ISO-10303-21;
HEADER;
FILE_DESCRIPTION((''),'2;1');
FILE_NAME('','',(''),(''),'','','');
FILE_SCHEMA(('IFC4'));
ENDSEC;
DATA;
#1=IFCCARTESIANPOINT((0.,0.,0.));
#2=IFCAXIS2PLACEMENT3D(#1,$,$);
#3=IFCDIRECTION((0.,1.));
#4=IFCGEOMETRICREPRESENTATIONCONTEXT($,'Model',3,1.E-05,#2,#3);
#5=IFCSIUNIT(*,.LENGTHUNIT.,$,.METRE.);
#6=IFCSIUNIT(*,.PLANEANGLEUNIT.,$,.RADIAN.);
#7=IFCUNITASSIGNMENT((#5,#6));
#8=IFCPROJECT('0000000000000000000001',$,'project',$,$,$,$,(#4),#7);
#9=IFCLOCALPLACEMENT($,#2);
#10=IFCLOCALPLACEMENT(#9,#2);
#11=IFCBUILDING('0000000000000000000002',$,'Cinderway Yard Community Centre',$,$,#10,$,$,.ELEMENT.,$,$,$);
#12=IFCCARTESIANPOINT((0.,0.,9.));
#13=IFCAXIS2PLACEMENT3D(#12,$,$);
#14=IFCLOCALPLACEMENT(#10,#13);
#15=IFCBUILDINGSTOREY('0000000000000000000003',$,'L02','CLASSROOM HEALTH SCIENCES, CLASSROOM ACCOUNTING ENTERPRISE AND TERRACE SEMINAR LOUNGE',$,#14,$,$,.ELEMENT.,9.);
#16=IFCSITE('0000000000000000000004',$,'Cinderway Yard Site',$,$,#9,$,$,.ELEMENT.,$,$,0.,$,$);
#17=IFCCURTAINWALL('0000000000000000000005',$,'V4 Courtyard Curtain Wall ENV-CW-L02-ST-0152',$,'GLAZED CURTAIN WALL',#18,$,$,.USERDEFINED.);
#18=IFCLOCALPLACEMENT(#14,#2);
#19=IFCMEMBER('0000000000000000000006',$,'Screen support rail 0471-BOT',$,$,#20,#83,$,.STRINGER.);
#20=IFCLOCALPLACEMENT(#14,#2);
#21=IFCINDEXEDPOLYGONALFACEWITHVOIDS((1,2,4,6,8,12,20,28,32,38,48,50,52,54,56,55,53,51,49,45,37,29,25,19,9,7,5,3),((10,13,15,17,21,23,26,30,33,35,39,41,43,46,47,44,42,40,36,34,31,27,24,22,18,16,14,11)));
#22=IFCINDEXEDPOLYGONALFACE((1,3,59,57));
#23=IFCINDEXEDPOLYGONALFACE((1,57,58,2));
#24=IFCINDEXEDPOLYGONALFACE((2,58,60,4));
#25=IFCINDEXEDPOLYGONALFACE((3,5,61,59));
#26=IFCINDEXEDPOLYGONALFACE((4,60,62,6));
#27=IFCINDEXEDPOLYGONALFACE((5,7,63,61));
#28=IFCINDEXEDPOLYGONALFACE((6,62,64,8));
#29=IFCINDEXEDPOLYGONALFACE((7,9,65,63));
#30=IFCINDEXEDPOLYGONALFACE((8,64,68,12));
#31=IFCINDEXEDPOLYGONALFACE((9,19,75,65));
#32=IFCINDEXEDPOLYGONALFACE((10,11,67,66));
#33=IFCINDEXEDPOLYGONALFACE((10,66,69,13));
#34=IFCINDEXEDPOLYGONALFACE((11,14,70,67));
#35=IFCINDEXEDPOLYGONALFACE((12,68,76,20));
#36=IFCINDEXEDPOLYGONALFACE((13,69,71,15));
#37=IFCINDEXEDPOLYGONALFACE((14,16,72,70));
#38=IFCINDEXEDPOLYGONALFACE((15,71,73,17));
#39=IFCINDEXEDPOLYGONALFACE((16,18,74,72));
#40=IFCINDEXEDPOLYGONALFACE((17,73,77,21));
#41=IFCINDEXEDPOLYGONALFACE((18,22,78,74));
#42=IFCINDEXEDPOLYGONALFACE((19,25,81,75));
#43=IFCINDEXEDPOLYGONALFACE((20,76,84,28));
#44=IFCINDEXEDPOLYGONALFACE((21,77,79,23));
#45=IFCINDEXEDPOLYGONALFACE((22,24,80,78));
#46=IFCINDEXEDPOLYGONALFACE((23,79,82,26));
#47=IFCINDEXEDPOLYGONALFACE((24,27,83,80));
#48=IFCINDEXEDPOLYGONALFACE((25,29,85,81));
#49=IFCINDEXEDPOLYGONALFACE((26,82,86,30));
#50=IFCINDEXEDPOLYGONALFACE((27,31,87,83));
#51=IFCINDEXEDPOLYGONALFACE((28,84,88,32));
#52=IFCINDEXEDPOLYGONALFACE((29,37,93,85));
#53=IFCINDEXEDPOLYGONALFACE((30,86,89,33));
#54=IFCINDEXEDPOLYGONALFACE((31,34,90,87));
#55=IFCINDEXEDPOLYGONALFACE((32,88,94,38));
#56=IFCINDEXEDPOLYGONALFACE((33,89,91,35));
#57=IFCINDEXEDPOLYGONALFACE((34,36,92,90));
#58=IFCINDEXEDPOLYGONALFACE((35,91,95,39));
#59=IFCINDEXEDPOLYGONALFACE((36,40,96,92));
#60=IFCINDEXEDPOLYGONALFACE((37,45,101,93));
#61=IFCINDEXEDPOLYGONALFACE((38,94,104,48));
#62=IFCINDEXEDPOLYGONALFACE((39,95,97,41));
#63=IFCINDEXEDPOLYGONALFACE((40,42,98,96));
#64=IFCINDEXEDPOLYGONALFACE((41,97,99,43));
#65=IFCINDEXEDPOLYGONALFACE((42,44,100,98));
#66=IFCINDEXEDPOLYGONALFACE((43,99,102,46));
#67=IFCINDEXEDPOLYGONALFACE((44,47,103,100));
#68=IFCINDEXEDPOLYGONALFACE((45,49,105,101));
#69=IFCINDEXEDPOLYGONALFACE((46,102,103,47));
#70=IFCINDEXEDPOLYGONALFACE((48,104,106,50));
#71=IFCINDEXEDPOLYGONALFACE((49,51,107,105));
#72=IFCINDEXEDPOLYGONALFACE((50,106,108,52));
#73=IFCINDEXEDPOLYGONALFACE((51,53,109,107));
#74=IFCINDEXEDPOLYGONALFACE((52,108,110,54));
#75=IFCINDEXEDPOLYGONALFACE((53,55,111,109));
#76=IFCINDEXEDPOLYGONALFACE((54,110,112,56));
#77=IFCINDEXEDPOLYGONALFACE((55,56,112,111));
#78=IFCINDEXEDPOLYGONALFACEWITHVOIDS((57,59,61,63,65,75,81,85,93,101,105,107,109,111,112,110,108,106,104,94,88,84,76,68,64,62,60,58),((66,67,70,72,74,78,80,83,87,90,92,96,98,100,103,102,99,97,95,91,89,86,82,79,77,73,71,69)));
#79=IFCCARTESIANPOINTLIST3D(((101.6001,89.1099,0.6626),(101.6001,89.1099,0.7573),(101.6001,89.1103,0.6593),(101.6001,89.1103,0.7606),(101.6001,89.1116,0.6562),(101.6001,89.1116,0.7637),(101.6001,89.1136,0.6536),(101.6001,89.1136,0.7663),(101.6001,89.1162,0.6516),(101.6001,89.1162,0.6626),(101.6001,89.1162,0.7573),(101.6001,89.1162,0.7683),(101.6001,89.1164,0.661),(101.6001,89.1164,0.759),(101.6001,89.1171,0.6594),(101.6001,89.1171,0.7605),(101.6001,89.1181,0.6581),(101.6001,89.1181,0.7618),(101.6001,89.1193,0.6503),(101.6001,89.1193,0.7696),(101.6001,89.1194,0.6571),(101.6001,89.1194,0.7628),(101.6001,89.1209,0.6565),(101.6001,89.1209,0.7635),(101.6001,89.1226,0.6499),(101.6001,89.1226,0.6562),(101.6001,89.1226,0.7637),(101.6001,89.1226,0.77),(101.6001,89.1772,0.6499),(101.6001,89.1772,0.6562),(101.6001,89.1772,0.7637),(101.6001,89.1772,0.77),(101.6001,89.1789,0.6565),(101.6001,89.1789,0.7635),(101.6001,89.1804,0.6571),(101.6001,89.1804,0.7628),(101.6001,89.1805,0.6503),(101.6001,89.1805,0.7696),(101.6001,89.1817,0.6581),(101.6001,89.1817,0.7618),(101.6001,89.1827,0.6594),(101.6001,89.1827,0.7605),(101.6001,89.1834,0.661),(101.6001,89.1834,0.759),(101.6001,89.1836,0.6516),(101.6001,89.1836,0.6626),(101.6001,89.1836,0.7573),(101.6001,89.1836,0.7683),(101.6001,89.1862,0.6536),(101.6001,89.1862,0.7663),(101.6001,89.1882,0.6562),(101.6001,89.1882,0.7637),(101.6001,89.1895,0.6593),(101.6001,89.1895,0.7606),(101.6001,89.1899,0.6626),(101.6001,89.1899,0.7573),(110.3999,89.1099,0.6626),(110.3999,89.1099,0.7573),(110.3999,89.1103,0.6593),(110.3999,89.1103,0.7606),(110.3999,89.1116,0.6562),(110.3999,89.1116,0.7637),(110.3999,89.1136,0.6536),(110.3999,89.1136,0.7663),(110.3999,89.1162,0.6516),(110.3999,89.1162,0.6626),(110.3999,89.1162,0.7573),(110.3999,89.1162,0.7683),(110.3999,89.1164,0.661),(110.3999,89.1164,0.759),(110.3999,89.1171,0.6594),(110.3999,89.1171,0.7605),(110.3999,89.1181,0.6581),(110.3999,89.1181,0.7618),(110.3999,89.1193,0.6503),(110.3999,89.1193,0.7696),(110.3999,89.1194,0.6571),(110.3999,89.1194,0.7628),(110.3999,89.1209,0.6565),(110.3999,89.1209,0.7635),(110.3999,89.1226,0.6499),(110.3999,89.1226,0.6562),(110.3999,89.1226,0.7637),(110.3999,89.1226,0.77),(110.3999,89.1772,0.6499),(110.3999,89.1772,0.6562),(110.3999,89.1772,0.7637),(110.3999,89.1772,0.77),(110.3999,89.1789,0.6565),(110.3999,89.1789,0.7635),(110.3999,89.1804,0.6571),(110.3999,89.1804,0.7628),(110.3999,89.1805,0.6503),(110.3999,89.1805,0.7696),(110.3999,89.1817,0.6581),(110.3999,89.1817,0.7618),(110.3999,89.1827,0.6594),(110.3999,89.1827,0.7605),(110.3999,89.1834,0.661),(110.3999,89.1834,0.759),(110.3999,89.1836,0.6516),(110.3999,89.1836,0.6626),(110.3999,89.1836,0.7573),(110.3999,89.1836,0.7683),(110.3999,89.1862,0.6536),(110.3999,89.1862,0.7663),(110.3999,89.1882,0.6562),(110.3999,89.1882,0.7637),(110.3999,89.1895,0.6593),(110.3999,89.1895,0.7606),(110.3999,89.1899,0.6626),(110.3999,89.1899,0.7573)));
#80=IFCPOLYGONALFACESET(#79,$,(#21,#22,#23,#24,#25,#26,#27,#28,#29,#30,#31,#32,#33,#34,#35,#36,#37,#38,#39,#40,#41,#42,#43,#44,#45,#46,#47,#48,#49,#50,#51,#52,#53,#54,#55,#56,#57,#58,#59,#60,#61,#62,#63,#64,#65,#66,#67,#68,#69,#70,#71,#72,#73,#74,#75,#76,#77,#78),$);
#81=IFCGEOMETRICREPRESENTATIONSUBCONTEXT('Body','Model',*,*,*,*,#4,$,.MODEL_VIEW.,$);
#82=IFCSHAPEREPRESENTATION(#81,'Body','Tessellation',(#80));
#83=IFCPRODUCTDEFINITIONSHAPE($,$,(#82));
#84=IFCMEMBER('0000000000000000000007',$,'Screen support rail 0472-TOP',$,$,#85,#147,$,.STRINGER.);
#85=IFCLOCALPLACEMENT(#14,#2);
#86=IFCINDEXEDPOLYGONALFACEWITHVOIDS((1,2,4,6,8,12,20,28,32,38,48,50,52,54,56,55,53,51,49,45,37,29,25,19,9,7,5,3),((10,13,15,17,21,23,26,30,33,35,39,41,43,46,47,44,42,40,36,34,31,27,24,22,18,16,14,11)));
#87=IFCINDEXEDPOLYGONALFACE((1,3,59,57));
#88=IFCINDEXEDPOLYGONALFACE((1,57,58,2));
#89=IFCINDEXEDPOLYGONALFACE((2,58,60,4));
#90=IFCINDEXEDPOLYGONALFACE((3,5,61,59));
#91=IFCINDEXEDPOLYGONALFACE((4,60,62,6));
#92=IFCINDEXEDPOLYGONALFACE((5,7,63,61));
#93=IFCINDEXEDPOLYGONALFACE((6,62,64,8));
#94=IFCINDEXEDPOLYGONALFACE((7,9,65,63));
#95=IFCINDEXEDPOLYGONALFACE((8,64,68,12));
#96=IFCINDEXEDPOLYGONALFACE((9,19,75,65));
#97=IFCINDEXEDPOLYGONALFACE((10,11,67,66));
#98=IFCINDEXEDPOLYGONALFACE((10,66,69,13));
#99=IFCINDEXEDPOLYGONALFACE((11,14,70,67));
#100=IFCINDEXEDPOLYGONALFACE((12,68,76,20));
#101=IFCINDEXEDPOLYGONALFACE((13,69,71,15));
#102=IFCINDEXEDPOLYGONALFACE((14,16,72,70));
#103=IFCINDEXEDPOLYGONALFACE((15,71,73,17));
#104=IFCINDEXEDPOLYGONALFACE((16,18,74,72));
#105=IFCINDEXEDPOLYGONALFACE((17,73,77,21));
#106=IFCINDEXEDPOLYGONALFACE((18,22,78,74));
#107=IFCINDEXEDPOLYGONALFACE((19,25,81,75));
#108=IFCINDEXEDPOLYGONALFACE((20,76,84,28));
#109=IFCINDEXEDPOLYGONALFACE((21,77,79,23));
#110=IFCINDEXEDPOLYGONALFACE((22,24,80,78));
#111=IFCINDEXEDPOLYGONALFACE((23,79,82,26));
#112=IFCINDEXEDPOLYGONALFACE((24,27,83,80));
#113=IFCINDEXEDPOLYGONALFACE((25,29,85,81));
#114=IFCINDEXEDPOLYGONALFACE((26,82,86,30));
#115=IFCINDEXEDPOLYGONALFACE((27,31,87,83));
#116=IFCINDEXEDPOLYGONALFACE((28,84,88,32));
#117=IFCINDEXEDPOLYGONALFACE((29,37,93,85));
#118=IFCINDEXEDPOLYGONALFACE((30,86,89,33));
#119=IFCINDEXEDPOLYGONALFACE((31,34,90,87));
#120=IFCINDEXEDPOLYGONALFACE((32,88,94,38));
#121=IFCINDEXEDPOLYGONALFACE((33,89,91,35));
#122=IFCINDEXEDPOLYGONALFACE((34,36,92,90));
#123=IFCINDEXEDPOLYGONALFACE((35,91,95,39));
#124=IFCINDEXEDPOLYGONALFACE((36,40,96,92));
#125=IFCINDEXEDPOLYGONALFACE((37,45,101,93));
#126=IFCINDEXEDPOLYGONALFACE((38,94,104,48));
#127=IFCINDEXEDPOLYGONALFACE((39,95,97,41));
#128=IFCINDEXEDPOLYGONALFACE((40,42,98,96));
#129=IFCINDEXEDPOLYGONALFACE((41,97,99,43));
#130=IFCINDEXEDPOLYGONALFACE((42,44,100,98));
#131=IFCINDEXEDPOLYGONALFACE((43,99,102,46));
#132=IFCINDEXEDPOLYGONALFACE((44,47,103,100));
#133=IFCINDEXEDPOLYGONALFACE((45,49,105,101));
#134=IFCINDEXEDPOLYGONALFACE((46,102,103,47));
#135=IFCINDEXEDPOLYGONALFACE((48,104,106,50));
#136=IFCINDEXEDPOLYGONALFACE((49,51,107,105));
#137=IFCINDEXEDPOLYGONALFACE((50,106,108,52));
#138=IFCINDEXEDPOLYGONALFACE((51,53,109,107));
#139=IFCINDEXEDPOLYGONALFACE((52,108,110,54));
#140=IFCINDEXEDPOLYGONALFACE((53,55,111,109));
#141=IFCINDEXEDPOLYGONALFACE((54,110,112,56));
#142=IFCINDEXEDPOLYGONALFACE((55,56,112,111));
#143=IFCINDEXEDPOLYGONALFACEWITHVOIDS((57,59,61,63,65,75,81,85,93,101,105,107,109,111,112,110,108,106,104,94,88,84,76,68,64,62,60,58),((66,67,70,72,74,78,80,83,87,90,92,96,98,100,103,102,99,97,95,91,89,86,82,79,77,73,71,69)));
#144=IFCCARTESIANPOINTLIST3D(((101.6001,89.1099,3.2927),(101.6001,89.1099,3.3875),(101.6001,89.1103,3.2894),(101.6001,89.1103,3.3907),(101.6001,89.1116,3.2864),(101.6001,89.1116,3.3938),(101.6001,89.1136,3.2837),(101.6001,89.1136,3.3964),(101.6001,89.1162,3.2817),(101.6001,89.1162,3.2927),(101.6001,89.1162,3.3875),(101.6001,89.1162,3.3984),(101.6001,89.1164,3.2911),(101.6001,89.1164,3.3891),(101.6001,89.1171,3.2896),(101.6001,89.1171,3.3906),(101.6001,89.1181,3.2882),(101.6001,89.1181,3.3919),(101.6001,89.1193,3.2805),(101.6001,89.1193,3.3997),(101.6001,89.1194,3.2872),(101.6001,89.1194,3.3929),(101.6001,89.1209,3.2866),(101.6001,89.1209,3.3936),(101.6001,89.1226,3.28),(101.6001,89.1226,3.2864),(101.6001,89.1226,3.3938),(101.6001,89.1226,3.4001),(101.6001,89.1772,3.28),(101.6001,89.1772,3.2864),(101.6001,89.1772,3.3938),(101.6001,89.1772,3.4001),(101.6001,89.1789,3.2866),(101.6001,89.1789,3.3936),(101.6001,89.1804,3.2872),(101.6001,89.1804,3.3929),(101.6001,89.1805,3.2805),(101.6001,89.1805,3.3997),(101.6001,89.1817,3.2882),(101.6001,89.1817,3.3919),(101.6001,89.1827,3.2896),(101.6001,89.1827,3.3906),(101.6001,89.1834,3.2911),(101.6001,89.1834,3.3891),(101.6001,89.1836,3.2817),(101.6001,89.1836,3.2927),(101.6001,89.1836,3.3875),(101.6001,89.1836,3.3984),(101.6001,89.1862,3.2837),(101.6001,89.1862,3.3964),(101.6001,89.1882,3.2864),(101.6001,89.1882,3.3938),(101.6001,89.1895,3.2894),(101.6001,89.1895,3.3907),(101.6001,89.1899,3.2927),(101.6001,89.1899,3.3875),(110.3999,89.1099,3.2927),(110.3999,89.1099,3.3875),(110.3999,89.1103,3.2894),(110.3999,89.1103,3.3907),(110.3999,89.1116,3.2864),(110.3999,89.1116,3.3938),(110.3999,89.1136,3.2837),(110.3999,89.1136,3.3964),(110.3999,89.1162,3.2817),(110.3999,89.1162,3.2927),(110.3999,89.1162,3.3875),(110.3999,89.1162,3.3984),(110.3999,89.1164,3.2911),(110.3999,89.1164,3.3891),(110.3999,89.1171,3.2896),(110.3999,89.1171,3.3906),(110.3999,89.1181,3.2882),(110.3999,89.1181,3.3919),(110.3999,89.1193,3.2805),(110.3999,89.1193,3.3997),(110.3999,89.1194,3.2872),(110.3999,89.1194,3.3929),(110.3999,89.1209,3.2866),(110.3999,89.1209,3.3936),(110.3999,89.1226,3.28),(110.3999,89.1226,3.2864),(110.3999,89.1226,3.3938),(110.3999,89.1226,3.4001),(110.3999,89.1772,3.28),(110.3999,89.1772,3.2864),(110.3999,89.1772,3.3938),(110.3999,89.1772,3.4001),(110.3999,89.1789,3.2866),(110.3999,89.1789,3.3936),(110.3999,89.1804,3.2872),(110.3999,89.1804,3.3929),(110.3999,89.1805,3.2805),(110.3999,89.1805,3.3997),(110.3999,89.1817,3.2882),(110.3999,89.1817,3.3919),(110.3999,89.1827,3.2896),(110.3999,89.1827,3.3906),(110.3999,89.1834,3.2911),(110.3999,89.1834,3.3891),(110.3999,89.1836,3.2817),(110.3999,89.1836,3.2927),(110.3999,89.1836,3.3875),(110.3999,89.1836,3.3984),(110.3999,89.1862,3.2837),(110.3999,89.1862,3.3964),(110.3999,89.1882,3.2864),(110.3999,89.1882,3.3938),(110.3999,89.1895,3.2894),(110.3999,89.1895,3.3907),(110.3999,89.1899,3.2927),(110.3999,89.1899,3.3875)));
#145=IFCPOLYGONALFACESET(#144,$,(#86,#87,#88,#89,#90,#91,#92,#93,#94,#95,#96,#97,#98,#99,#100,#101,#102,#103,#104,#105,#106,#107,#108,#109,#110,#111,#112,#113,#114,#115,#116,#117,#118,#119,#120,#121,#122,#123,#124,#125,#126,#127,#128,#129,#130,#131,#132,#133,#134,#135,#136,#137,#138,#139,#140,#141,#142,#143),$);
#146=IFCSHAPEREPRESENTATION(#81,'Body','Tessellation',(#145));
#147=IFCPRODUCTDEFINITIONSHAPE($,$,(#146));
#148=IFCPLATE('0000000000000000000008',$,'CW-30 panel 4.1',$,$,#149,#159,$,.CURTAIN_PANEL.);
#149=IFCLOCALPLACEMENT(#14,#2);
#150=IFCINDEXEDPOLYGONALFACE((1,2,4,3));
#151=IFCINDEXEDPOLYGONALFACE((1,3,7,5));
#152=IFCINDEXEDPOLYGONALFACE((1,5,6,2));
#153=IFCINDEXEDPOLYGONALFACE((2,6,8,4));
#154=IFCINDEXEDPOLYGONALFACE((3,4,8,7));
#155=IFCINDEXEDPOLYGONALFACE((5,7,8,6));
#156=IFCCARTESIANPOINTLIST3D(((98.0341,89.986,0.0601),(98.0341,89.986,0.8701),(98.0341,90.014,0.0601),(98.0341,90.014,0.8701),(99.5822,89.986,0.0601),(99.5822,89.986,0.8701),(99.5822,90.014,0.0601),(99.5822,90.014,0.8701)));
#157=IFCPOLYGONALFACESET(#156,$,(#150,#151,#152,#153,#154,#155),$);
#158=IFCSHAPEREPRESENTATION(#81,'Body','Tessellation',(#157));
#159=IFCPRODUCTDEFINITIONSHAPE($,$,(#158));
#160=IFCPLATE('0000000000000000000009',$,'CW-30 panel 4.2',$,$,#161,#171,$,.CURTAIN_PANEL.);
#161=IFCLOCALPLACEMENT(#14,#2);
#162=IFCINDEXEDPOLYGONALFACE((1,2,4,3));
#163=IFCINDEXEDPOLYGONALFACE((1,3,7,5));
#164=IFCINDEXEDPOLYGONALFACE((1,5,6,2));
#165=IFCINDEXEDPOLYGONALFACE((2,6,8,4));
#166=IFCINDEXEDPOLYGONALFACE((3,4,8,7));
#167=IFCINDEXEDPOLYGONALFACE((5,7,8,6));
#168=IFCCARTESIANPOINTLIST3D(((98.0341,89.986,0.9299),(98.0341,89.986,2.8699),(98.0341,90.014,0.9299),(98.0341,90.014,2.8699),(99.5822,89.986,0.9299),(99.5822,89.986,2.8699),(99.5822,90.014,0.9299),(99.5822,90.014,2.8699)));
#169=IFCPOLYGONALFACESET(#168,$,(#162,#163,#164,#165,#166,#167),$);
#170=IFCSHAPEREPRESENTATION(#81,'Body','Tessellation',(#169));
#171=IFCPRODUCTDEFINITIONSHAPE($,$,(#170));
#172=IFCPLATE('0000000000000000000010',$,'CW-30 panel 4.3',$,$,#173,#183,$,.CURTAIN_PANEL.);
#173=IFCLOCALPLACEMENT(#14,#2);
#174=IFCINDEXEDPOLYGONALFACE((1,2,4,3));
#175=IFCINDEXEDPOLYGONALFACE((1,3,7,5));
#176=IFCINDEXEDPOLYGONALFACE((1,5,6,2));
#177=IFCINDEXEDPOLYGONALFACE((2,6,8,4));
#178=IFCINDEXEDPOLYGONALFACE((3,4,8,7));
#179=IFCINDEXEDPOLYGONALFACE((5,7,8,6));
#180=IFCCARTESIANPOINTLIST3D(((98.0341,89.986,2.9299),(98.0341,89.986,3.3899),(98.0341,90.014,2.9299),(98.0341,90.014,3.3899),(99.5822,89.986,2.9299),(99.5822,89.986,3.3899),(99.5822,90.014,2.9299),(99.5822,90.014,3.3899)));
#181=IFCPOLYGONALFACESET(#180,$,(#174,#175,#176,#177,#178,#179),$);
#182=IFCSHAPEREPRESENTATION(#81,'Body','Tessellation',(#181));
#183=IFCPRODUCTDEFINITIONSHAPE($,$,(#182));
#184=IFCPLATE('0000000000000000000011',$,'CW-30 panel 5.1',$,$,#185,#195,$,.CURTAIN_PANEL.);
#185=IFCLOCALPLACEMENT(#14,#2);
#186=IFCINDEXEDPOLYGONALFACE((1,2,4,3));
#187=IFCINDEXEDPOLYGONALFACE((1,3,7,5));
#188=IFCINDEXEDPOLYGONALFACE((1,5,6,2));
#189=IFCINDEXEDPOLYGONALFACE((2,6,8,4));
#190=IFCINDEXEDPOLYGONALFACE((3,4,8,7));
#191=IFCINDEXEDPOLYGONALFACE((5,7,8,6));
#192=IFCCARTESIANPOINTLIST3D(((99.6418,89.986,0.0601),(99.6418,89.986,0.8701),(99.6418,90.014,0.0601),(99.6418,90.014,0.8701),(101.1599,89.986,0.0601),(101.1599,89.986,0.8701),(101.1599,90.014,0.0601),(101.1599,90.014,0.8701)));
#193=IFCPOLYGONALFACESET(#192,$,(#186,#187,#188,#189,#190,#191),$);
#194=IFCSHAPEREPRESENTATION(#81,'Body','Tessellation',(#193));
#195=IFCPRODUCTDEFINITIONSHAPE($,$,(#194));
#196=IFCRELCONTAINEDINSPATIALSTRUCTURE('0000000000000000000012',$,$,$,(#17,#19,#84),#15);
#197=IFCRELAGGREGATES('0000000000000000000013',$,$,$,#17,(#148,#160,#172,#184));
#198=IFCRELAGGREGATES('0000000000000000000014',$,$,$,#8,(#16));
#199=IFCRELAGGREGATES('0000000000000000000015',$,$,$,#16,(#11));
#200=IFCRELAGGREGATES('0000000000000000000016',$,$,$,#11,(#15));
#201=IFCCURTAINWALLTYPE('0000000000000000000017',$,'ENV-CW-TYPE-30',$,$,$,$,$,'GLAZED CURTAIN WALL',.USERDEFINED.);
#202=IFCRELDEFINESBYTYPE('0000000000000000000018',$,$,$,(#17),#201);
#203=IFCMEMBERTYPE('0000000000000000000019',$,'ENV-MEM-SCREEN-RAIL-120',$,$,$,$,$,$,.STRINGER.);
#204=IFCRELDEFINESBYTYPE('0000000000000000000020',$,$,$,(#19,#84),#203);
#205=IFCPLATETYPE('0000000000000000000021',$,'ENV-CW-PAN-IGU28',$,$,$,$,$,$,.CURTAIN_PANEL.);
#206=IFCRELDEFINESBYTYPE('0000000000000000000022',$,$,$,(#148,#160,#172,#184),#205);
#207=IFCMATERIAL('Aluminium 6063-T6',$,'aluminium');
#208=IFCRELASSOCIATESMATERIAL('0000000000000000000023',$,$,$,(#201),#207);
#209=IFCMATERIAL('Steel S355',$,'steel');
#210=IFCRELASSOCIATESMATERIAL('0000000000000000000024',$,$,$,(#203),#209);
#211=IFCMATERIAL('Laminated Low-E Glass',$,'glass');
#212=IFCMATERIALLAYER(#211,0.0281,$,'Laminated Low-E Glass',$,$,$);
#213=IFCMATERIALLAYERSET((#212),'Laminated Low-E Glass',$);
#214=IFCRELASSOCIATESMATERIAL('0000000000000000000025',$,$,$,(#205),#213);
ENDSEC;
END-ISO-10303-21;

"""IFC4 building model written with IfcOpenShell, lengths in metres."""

from ifc_helpers import new_model, si_unit, direction, frame, origin, origin_2d, place, context, subcontext, project, spatial, rectangle, hollow_rectangle, extrude, material, layer, layer_set, material_profile, profile_set, type_object, element, aggregate, save


model = new_model("IFC4")

# Units and contexts
model_context = context("Model", 3, precision=1e-05, world=origin(), true_north=direction((0.0, 1.0)))
body_context = subcontext(model_context, "Body", "Model", "MODEL_VIEW")
ifc_project = project(units=[si_unit("LENGTHUNIT", "METRE"), si_unit("PLANEANGLEUNIT", "RADIAN")], contexts=[model_context])

# Site, building, storey
site_placement = place(None, origin())
site = spatial("IfcSite", under=ifc_project, at=site_placement, Name="Cinderway Yard Site", CompositionType="ELEMENT", RefElevation=0.0)
building_placement = place(site_placement, origin())
building = spatial("IfcBuilding", under=site, at=building_placement, Name="Cinderway Yard Community Centre", CompositionType="ELEMENT")
storey_placement = place(building_placement, frame((0.0, 0.0, 9.0)))
storey = spatial("IfcBuildingStorey", under=building, at=storey_placement, Name="L02", Description="CLASSROOM HEALTH SCIENCES, CLASSROOM ACCOUNTING ENTERPRISE AND TERRACE SEMINAR LOUNGE", CompositionType="ELEMENT", Elevation=9.0)

# Curtain wall
ifc_material_1 = material(Name="Aluminium 6063-T6", Category="aluminium")
curtain_wall_type = type_object("IfcCurtainWallType", Name="ENV-CW-TYPE-30", ElementType="GLAZED CURTAIN WALL", PredefinedType="USERDEFINED", material=ifc_material_1)
curtain_wall_placement = place(storey_placement, origin())
curtain_wall = element("IfcCurtainWall", 1, at=curtain_wall_placement, inside=storey, type_object=curtain_wall_type, Name="V4 Courtyard Curtain Wall ENV-CW-L02-ST-0152", ObjectType="GLAZED CURTAIN WALL", PredefinedType="USERDEFINED")

# Members
ifc_material_2 = material(Name="Steel S355", Category="steel")
ifc_material_profile_1 = material_profile(ifc_material_2, hollow_rectangle(XDim=0.0801, YDim=0.1201, WallThickness=0.0063, InnerFilletRadius=0.0063, OuterFilletRadius=0.0127, at=origin_2d()), Name="Steel S355")
ifc_profile_set_1 = profile_set([ifc_material_profile_1], Name="Steel S355")
member_type_1 = type_object("IfcMemberType", Name="ENV-MEM-SCREEN-RAIL-120", PredefinedType="STRINGER", material=ifc_profile_set_1)
for number, where, z_axis, x_axis, name in (
    (2, (101.6001, 89.1499, 0.71), (1.0, 0.0, 0.0), (0.0, 1.0, 0.0), "Screen support rail 0471-BOT"),
    (3, (101.6001, 89.1499, 3.3401), (1.0, 0.0, 0.0), (0.0, 1.0, 0.0), "Screen support rail 0472-TOP"),
):
    element("IfcMember", number, at=place(storey_placement, frame(where, z_axis=z_axis, x_axis=x_axis)), inside=storey, type_object=member_type_1, Name=name, PredefinedType="STRINGER", context=body_context, shape_type="SweptSolid", body=[
        extrude(hollow_rectangle(XDim=0.0801, YDim=0.1201, WallThickness=0.0063, InnerFilletRadius=0.0063, OuterFilletRadius=0.0127, at=origin_2d()), origin(), (0.0, 0.0, 1.0), 8.7998),
    ])

# Plates
ifc_material_3 = material(Name="Laminated Low-E Glass", Category="glass")
ifc_layer_1 = layer(ifc_material_3, 0.0281, Name="Laminated Low-E Glass")
ifc_layer_set_1 = layer_set([ifc_layer_1], Name="Laminated Low-E Glass")
plate_type = type_object("IfcPlateType", Name="ENV-CW-PAN-IGU28", PredefinedType="CURTAIN_PANEL", material=ifc_layer_set_1)
plate_1_placement = place(storey_placement, frame((98.8081, 90.0, 0.0601), z_axis=(0.0, 0.0, 1.0), x_axis=(1.0, 0.0, 0.0)))
plate_1 = element("IfcPlate", 4, at=plate_1_placement, type_object=plate_type, Name="CW-30 panel 4.1", PredefinedType="CURTAIN_PANEL", context=body_context, shape_type="SweptSolid", body=[
    extrude(rectangle(XDim=1.5481, YDim=0.0281, at=origin_2d()), origin(), (0.0, 0.0, 1.0), 0.8101),
])
plate_2_placement = place(storey_placement, frame((98.8081, 90.0, 0.9299), z_axis=(0.0, 0.0, 1.0), x_axis=(1.0, 0.0, 0.0)))
plate_2 = element("IfcPlate", 5, at=plate_2_placement, type_object=plate_type, Name="CW-30 panel 4.2", PredefinedType="CURTAIN_PANEL", context=body_context, shape_type="SweptSolid", body=[
    extrude(rectangle(XDim=1.5481, YDim=0.0281, at=origin_2d()), origin(), (0.0, 0.0, 1.0), 1.9399),
])
plate_3_placement = place(storey_placement, frame((98.8081, 90.0, 2.9299), z_axis=(0.0, 0.0, 1.0), x_axis=(1.0, 0.0, 0.0)))
plate_3 = element("IfcPlate", 6, at=plate_3_placement, type_object=plate_type, Name="CW-30 panel 4.3", PredefinedType="CURTAIN_PANEL", context=body_context, shape_type="SweptSolid", body=[
    extrude(rectangle(XDim=1.5481, YDim=0.0281, at=origin_2d()), origin(), (0.0, 0.0, 1.0), 0.46),
])
plate_4_placement = place(storey_placement, frame((100.4009, 90.0, 0.0601), z_axis=(0.0, 0.0, 1.0), x_axis=(1.0, 0.0, 0.0)))
plate_4 = element("IfcPlate", 7, at=plate_4_placement, type_object=plate_type, Name="CW-30 panel 5.1", PredefinedType="CURTAIN_PANEL", context=body_context, shape_type="SweptSolid", body=[
    extrude(rectangle(XDim=1.5181, YDim=0.0281, at=origin_2d()), origin(), (0.0, 0.0, 1.0), 0.8101),
])
aggregate(curtain_wall, [plate_1, plate_2, plate_3, plate_4])

save(model, "model.ifc")
